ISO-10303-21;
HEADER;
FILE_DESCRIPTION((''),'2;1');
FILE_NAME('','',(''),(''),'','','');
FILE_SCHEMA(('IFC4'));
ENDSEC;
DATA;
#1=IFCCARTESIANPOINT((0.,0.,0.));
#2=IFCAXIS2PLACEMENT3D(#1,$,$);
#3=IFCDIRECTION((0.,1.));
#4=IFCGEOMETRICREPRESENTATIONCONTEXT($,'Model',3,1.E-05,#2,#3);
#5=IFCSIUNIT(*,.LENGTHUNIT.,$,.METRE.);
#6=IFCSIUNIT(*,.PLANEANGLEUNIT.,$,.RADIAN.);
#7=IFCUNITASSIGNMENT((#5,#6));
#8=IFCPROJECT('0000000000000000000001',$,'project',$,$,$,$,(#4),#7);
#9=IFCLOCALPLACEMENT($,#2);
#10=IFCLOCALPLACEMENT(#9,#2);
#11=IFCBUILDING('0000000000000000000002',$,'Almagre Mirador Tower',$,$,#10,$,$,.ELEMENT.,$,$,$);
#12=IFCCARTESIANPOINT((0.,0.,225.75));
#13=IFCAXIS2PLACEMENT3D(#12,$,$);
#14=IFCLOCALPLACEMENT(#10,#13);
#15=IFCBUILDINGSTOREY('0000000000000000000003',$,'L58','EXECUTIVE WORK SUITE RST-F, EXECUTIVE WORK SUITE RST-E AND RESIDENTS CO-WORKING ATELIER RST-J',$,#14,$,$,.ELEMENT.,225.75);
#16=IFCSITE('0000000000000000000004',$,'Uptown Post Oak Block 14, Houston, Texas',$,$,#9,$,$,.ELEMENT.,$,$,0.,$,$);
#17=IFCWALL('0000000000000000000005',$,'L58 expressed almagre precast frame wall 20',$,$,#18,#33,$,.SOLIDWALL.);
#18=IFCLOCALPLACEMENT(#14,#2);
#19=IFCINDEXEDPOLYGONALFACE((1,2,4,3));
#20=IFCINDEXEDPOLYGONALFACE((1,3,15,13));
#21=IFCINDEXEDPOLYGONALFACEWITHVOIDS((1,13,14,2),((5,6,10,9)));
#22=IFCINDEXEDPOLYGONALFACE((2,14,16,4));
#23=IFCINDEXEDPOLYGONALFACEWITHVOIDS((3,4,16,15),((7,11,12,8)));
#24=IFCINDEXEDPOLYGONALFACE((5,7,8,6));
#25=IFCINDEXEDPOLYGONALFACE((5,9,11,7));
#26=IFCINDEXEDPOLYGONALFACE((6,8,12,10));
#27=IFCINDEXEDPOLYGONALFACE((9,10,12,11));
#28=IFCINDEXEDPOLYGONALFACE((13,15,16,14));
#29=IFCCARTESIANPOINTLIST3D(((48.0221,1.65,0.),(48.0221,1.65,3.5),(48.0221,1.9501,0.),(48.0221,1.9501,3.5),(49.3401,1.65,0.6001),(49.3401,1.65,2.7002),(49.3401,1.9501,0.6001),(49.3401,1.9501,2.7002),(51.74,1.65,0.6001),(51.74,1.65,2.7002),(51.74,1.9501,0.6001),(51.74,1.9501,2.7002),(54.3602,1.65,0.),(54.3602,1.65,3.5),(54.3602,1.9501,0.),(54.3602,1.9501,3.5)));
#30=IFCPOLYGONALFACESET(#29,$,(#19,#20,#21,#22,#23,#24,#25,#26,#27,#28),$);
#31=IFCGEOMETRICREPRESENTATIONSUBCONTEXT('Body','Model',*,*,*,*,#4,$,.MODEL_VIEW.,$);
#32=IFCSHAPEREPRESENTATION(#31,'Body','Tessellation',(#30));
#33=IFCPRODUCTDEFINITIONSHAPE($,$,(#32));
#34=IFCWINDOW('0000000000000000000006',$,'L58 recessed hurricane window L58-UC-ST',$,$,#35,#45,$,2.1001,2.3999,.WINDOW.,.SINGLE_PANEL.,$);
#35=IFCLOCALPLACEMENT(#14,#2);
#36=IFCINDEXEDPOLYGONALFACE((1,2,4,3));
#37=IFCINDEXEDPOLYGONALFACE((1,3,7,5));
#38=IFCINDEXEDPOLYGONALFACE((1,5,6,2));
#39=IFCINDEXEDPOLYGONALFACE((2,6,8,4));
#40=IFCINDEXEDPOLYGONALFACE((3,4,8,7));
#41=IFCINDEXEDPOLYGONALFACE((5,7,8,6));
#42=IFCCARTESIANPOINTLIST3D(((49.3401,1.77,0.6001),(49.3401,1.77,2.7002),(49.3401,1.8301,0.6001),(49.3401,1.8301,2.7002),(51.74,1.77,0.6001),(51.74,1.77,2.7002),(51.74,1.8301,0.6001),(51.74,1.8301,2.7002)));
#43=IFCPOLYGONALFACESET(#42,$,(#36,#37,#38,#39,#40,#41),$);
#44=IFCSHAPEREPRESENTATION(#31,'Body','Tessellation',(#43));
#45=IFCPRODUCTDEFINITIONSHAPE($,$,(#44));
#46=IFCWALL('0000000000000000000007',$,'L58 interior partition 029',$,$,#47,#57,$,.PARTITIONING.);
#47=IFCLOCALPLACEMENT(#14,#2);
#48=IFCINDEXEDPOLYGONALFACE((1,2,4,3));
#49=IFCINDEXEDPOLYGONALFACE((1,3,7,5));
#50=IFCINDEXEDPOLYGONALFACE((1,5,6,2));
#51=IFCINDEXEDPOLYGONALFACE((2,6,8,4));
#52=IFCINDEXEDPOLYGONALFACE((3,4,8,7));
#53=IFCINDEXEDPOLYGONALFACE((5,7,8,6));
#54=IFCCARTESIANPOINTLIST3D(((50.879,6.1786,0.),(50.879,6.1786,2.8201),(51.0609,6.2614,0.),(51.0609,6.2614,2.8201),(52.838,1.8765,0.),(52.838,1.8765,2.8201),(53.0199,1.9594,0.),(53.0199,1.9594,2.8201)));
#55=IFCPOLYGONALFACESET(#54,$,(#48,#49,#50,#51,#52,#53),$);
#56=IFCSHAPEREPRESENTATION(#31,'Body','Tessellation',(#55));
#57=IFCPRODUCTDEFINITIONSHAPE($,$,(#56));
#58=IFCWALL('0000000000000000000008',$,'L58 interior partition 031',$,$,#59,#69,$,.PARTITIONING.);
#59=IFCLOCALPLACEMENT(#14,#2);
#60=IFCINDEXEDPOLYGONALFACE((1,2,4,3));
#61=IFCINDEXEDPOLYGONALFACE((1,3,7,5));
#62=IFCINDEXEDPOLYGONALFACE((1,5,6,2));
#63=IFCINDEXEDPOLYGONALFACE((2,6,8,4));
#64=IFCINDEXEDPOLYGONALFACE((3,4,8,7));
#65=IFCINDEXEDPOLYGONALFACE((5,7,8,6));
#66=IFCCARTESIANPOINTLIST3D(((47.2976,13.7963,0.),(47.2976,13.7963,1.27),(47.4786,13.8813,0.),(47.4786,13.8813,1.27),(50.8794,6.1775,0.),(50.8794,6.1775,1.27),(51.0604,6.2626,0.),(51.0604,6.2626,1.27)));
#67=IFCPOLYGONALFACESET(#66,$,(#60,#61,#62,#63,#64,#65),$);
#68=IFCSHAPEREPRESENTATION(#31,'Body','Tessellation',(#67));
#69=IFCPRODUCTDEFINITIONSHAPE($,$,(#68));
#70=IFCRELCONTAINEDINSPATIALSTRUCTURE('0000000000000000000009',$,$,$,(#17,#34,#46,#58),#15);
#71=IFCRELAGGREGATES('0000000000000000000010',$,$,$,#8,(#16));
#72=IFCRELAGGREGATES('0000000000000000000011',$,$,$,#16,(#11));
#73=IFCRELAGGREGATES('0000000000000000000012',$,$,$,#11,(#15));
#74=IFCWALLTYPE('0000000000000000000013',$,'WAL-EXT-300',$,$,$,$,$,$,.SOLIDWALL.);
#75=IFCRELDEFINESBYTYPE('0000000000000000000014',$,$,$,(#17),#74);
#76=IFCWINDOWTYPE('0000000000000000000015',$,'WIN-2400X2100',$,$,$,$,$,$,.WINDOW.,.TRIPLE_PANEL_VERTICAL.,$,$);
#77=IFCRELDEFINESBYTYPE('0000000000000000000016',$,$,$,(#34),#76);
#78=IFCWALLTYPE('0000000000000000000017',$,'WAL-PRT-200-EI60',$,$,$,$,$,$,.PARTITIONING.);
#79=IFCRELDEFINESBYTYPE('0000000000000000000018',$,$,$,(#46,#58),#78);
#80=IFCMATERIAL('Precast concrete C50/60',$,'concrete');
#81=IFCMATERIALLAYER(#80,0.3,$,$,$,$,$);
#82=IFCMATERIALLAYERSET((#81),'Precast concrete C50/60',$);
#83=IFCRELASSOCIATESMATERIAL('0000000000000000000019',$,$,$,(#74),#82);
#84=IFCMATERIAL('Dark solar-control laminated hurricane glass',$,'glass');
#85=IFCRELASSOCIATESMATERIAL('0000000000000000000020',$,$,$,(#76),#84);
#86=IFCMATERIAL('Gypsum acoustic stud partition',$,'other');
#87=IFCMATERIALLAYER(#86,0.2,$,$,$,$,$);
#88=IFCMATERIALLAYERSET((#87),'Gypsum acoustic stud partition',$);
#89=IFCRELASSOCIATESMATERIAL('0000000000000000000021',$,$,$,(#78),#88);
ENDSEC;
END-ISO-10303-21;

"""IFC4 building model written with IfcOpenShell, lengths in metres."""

from ifc_helpers import new_model, si_unit, direction, frame, frame_2d, origin, place, context, subcontext, project, spatial, rectangle, extrude, material, layer, layer_set, type_object, element, fill, save


model = new_model("IFC4")

# Units and contexts
model_context = context("Model", 3, precision=1e-05, world=origin(), true_north=direction((0.0, 1.0)))
body_context = subcontext(model_context, "Body", "Model", "MODEL_VIEW")
ifc_project = project(units=[si_unit("LENGTHUNIT", "METRE"), si_unit("PLANEANGLEUNIT", "RADIAN")], contexts=[model_context])

# Site, building, storey
site_placement = place(None, origin())
site = spatial("IfcSite", under=ifc_project, at=site_placement, Name="Uptown Post Oak Block 14, Houston, Texas", CompositionType="ELEMENT", RefElevation=0.0)
building_placement = place(site_placement, origin())
building = spatial("IfcBuilding", under=site, at=building_placement, Name="Almagre Mirador Tower", CompositionType="ELEMENT")
storey_placement = place(building_placement, frame((0.0, 0.0, 225.75)))
storey = spatial("IfcBuildingStorey", under=building, at=storey_placement, Name="L58", Description="EXECUTIVE WORK SUITE RST-F, EXECUTIVE WORK SUITE RST-E AND RESIDENTS CO-WORKING ATELIER RST-J", CompositionType="ELEMENT", Elevation=225.75)

# Shared definitions
ifc_material_1 = material(Name="Precast concrete C50/60", Category="concrete")
ifc_layer_1 = layer(ifc_material_1, 0.3)
ifc_layer_set_1 = layer_set([ifc_layer_1], Name="Precast concrete C50/60")
wall_type_1 = type_object("IfcWallType", Name="WAL-EXT-300", PredefinedType="SOLIDWALL", material=ifc_layer_set_1)

# Wall, opening, window
wall_1_placement = place(storey_placement, frame((54.3601, 1.8, 0.0), z_axis=(0.0, 0.0, 1.0), x_axis=(-1.0, 0.0, 0.0)))
wall_1 = element("IfcWall", 1, at=wall_1_placement, inside=storey, type_object=wall_type_1, Name="L58 expressed almagre precast frame wall 20", PredefinedType="SOLIDWALL", context=body_context, shape_type="SweptSolid", body=[
    extrude(rectangle(XDim=6.3381, YDim=0.3, at=frame_2d((3.1689, 0.0))), origin(), (0.0, 0.0, 1.0), 3.5),
])
opening_1_placement = place(wall_1_placement, frame((2.6201, 0.0, 0.6001)))
opening_1 = element("IfcOpeningElement", 2, at=opening_1_placement, cuts=wall_1, PredefinedType="OPENING", context=body_context, shape_type="SweptSolid", body=[
    extrude(rectangle(XDim=2.3999, YDim=2.1001, at=frame_2d((1.2, 1.05))), frame((0.0, 0.1599, 0.0), z_axis=(0.0, -1.0, 0.0), x_axis=(1.0, 0.0, 0.0)), (0.0, 0.0, 1.0), 0.32),
])
ifc_material_2 = material(Name="Dark solar-control laminated hurricane glass", Category="glass")
window_type_1 = type_object("IfcWindowType", Name="WIN-2400X2100", PartitioningType="TRIPLE_PANEL_VERTICAL", PredefinedType="WINDOW", material=ifc_material_2)
window_1_placement = place(opening_1_placement, origin())
window_1 = element("IfcWindow", 3, at=window_1_placement, inside=storey, type_object=window_type_1, Name="L58 recessed hurricane window L58-UC-ST", OverallHeight=2.1001, OverallWidth=2.3999, PartitioningType="SINGLE_PANEL", PredefinedType="WINDOW", context=body_context, shape_type="SweptSolid", body=[
    extrude(rectangle(XDim=2.3999, YDim=2.1001, at=frame_2d((1.2, 1.05))), frame((0.0, 0.03, 0.0), z_axis=(0.0, -1.0, 0.0), x_axis=(1.0, 0.0, 0.0)), (0.0, 0.0, 1.0), 0.0601),
])
fill(opening_1, window_1)

# Walls
ifc_material_3 = material(Name="Gypsum acoustic stud partition", Category="other")
ifc_layer_2 = layer(ifc_material_3, 0.2)
ifc_layer_set_2 = layer_set([ifc_layer_2], Name="Gypsum acoustic stud partition")
wall_type_2 = type_object("IfcWallType", Name="WAL-PRT-200-EI60", PredefinedType="PARTITIONING", material=ifc_layer_set_2)
wall_2_placement = place(storey_placement, frame((52.929, 1.918, 0.0), z_axis=(0.0, 0.0, 1.0), x_axis=(-0.414422, 0.910085, 0.0)))
element("IfcWall", 4, at=wall_2_placement, inside=storey, type_object=wall_type_2, Name="L58 interior partition 029", PredefinedType="PARTITIONING", context=body_context, shape_type="SweptSolid", body=[
    extrude(rectangle(XDim=4.7271, YDim=0.2, at=frame_2d((2.3635, 0.0))), origin(), (0.0, 0.0, 1.0), 2.8201),
])
wall_3_placement = place(storey_placement, frame((50.97, 6.22, 0.0), z_axis=(0.0, 0.0, 1.0), x_axis=(-0.42546, 0.904977, 0.0)))
element("IfcWall", 5, at=wall_3_placement, inside=storey, type_object=wall_type_2, Name="L58 interior partition 031", PredefinedType="PARTITIONING", context=body_context, shape_type="SweptSolid", body=[
    extrude(rectangle(XDim=8.4187, YDim=0.2, at=frame_2d((4.2095, 0.0))), origin(), (0.0, 0.0, 1.0), 1.27),
])

save(model, "model.ifc")
